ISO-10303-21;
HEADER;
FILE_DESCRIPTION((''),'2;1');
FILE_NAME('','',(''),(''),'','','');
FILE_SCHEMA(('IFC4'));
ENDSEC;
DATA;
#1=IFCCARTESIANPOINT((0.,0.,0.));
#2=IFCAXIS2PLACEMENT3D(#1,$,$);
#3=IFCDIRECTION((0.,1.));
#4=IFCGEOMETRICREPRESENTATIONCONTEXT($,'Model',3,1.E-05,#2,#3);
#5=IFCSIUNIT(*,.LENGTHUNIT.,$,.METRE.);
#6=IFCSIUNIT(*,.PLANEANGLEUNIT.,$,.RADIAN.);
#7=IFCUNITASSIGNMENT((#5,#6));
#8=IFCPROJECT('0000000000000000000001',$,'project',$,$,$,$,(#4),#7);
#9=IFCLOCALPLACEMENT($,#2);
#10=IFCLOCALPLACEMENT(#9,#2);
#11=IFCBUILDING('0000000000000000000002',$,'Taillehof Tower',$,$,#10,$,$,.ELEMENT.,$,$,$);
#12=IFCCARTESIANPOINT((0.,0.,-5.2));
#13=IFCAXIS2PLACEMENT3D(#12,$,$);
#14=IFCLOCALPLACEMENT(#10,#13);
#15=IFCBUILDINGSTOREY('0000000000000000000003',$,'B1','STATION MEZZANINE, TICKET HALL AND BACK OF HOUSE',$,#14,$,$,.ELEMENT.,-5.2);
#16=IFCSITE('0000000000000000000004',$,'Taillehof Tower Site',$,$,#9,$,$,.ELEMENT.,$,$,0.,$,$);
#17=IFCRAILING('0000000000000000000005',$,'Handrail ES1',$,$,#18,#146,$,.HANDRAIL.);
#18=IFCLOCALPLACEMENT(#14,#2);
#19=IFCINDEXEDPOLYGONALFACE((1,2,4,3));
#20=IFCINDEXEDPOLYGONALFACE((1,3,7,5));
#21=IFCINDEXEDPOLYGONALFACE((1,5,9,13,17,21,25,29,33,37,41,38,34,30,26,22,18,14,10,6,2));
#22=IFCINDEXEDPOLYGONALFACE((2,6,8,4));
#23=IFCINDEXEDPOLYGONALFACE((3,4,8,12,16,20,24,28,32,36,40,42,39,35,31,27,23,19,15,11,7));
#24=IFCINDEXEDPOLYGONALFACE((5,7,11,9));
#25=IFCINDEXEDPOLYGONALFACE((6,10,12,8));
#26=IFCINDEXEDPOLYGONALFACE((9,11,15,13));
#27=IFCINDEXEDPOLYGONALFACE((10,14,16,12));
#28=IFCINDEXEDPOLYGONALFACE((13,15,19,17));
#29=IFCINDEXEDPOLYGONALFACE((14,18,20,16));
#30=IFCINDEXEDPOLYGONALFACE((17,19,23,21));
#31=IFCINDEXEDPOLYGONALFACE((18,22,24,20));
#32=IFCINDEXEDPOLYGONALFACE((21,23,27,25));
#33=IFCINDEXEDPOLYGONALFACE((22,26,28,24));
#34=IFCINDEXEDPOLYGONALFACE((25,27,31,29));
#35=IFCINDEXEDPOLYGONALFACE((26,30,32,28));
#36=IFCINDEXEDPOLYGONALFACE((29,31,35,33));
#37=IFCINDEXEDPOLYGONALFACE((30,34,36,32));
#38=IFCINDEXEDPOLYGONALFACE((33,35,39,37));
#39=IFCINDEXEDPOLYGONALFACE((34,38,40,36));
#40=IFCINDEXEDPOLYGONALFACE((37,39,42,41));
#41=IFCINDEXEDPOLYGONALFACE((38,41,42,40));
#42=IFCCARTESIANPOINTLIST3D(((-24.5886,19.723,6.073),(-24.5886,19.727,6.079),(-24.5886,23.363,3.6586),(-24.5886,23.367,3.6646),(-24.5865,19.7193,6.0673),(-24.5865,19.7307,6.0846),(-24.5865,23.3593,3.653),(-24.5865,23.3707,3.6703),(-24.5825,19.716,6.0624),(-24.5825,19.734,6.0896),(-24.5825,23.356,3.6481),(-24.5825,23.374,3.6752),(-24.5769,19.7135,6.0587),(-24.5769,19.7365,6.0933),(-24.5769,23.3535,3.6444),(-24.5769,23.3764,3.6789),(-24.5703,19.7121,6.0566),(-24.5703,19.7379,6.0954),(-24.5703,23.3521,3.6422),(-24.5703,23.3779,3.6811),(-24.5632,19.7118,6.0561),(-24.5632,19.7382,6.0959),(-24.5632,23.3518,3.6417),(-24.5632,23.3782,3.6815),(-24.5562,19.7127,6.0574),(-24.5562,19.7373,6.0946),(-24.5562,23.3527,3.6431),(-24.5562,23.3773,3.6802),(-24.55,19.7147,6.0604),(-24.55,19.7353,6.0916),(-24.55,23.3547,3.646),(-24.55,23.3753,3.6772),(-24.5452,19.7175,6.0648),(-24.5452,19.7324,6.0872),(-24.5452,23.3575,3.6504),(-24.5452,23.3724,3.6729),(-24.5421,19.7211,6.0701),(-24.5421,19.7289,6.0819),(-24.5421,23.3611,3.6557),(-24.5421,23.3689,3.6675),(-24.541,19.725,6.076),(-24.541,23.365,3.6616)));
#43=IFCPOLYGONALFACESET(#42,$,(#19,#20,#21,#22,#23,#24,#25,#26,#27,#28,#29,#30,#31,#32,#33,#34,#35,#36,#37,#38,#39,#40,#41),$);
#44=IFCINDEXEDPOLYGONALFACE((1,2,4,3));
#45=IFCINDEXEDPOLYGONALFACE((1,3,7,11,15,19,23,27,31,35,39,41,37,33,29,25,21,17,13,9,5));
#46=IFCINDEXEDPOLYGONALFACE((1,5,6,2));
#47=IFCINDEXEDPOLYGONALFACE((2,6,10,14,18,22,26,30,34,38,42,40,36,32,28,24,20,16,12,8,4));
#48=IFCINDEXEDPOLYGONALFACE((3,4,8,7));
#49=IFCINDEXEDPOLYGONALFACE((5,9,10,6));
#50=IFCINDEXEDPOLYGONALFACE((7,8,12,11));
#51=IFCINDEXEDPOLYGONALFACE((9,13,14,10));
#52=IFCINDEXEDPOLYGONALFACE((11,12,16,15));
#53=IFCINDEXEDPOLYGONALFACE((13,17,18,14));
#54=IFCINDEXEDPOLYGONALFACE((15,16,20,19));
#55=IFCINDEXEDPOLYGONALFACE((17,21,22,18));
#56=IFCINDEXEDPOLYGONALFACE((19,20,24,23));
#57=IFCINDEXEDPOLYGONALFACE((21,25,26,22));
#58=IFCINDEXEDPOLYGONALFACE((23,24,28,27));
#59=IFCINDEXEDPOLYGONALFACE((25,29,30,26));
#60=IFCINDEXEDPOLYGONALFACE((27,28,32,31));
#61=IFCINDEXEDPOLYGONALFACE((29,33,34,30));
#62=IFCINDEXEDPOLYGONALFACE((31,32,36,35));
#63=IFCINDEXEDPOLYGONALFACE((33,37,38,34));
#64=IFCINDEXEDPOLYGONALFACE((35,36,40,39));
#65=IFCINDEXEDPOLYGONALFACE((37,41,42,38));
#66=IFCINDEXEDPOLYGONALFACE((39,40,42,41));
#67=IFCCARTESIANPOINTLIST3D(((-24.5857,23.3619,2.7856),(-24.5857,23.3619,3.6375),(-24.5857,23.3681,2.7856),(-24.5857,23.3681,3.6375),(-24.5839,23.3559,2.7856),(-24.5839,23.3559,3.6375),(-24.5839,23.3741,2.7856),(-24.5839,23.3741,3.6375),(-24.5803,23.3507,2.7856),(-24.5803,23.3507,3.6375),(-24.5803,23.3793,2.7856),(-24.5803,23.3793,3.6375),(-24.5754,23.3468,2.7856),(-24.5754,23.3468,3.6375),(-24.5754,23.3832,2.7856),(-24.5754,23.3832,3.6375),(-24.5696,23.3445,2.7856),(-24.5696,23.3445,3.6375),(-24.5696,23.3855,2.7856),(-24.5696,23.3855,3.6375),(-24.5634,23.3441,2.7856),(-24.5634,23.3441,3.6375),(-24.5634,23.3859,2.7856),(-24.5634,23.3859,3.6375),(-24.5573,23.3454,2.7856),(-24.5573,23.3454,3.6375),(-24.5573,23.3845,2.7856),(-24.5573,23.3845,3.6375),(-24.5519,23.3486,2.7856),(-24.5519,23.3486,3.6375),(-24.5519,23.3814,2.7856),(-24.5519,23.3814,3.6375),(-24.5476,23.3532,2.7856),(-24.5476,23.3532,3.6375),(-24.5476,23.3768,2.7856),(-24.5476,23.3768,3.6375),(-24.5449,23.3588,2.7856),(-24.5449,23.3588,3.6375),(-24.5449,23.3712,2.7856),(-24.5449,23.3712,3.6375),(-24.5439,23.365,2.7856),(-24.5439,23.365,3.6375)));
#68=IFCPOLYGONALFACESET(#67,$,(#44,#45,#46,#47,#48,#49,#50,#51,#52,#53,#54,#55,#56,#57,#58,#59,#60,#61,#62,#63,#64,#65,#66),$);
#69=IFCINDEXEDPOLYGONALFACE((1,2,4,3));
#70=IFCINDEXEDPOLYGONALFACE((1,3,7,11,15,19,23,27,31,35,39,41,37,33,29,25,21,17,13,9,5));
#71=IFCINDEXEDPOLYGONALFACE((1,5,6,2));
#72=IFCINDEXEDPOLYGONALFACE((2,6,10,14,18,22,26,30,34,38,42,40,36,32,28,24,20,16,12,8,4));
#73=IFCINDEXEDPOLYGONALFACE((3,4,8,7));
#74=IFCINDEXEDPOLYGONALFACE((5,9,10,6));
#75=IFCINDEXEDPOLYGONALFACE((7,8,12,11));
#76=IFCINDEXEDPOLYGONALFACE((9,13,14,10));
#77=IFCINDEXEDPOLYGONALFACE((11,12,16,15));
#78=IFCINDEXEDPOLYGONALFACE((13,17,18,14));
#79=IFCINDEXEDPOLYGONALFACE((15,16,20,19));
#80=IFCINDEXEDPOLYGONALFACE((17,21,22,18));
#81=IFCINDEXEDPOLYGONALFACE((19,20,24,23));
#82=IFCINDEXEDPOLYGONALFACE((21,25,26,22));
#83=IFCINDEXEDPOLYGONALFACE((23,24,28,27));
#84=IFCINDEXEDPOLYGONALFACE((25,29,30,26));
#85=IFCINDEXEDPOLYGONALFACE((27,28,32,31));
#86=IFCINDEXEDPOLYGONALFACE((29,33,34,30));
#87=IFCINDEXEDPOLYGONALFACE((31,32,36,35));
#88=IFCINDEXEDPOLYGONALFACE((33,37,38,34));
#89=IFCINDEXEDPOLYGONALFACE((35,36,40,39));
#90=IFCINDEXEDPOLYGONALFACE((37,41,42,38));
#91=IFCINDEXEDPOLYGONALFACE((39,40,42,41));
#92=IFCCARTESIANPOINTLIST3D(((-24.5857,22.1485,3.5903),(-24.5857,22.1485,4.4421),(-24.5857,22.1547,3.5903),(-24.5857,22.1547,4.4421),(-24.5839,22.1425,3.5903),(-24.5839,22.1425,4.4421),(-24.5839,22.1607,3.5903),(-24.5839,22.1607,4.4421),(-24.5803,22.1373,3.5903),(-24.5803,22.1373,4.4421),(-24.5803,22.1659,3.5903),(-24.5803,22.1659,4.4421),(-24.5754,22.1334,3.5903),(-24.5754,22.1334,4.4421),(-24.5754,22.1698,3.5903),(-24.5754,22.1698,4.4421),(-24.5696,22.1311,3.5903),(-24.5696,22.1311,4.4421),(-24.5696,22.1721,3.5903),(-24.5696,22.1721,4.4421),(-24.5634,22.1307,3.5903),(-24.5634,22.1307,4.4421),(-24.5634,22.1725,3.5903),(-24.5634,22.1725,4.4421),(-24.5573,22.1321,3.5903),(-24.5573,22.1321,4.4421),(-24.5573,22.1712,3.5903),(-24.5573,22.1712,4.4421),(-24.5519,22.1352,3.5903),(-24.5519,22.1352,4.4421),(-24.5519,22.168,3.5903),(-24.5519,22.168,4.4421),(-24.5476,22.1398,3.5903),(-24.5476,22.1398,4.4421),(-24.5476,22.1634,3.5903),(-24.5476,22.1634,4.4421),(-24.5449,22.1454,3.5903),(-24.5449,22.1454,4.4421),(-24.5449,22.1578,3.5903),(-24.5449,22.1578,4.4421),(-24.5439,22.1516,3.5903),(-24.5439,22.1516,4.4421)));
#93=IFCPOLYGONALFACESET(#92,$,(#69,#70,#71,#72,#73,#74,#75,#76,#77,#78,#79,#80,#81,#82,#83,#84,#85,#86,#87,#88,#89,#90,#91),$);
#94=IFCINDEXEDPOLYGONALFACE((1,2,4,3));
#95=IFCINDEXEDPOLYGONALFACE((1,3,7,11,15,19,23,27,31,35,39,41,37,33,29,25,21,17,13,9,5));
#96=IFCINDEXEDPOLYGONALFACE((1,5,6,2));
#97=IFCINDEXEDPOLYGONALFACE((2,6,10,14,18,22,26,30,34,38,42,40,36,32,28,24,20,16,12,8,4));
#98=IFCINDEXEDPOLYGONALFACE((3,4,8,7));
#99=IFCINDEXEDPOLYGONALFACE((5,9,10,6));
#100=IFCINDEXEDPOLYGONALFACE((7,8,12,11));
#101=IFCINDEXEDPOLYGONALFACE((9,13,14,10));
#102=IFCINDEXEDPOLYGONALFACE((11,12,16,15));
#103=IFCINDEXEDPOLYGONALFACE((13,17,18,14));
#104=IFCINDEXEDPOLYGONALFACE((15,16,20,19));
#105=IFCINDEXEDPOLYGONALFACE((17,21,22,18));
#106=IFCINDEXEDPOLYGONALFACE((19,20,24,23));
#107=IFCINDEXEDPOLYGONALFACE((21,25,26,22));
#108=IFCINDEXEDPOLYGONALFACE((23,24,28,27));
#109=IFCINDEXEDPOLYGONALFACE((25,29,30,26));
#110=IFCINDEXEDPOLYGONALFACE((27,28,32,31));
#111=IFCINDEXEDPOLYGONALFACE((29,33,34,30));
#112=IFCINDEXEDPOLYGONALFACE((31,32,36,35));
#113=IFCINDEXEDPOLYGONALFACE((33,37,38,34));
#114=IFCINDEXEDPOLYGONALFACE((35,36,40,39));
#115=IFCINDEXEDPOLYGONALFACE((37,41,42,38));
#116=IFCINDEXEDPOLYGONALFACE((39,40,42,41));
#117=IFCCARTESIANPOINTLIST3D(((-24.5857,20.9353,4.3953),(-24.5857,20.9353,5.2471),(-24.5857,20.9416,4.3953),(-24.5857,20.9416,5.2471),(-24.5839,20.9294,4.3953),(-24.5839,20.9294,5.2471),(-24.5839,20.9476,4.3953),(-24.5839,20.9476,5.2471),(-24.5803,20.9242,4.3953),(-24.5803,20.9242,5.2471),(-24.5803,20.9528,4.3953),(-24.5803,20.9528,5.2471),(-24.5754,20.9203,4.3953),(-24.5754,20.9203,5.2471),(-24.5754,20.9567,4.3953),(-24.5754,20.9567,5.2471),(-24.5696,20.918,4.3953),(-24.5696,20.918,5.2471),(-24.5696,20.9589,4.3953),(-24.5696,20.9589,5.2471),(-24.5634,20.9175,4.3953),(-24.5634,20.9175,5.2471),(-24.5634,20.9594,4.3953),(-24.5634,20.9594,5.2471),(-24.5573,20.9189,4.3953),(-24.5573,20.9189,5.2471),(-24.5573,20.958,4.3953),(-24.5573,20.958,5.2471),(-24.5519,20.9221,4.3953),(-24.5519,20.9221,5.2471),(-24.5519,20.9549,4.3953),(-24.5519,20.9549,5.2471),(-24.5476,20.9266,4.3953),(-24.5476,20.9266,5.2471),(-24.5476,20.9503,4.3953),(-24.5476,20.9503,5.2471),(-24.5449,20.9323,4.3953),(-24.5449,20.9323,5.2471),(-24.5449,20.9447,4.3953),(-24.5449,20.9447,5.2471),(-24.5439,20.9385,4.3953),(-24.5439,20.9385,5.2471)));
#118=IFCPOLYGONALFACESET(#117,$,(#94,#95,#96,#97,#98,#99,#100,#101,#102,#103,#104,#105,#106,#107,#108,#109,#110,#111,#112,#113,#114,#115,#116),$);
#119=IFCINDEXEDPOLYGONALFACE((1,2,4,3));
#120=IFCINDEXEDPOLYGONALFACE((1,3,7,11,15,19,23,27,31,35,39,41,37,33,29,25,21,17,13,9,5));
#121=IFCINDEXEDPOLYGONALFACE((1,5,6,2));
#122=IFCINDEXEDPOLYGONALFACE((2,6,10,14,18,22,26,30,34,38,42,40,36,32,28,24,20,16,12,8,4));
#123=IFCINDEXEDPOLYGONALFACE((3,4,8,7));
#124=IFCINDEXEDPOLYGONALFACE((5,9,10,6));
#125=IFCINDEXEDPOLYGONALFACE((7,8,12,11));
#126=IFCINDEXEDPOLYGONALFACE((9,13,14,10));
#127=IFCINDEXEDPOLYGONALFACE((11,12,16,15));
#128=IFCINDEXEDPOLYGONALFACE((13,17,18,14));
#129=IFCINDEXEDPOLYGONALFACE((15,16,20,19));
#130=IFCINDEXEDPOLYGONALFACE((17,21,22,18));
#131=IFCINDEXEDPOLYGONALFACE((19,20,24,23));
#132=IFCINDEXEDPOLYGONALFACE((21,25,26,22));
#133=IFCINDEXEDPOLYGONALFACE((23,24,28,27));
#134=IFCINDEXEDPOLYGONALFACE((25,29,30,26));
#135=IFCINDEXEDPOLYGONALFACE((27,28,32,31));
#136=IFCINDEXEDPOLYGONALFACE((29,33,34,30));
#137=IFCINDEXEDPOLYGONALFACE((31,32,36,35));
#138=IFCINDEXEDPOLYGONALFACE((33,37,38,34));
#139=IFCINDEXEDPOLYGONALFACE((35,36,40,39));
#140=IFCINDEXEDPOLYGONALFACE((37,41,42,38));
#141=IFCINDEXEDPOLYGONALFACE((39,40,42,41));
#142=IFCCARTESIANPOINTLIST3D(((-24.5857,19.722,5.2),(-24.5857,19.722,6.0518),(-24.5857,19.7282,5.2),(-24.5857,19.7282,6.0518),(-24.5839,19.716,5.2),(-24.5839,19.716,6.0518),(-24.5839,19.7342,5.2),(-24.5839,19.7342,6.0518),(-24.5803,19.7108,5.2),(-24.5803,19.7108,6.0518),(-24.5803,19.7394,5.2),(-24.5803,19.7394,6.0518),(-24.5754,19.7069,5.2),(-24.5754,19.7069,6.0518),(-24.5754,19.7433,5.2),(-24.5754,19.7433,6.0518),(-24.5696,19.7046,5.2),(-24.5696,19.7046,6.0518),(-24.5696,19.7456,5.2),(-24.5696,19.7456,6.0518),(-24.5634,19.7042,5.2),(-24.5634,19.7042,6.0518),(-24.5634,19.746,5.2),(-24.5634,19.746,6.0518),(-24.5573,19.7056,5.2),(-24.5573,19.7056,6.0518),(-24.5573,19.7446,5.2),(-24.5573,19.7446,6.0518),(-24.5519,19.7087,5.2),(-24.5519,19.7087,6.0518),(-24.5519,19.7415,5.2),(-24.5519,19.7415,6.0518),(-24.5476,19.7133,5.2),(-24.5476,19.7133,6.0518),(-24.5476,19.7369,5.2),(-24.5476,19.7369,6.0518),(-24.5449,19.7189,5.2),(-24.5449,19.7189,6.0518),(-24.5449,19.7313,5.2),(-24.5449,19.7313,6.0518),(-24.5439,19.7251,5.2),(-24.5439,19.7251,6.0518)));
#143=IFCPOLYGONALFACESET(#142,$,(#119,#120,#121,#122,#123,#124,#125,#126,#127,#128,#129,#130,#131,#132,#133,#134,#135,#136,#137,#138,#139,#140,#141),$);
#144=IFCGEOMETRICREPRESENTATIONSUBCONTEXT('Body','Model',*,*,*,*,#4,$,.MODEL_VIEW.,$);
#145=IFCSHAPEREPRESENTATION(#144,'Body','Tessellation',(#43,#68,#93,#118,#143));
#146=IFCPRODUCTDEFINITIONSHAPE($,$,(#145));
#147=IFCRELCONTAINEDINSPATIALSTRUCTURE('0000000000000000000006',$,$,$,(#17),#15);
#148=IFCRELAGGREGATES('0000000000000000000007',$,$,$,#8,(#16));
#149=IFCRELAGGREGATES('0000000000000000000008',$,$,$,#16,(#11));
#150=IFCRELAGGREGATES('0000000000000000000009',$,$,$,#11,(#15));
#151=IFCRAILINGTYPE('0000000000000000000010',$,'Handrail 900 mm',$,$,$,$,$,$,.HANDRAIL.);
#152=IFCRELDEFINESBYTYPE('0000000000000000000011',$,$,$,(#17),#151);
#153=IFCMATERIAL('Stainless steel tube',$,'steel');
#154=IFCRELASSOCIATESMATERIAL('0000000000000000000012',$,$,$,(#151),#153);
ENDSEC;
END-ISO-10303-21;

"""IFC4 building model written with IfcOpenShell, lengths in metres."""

from ifc_helpers import new_model, si_unit, direction, frame, origin, origin_2d, place, context, subcontext, project, spatial, circle, extrude, material, type_object, element, save


model = new_model("IFC4")

# Units and contexts
model_context = context("Model", 3, precision=1e-05, world=origin(), true_north=direction((0.0, 1.0)))
body_context = subcontext(model_context, "Body", "Model", "MODEL_VIEW")
ifc_project = project(units=[si_unit("LENGTHUNIT", "METRE"), si_unit("PLANEANGLEUNIT", "RADIAN")], contexts=[model_context])

# Site, building, storey
site_placement = place(None, origin())
site = spatial("IfcSite", under=ifc_project, at=site_placement, Name="Taillehof Tower Site", CompositionType="ELEMENT", RefElevation=0.0)
building_placement = place(site_placement, origin())
building = spatial("IfcBuilding", under=site, at=building_placement, Name="Taillehof Tower", CompositionType="ELEMENT")
storey_placement = place(building_placement, frame((0.0, 0.0, -5.2)))
storey = spatial("IfcBuildingStorey", under=building, at=storey_placement, Name="B1", Description="STATION MEZZANINE, TICKET HALL AND BACK OF HOUSE", CompositionType="ELEMENT", Elevation=-5.2)

# Railing
ifc_material_1 = material(Name="Stainless steel tube", Category="steel")
railing_type_1 = type_object("IfcRailingType", Name="Handrail 900 mm", PredefinedType="HANDRAIL", material=ifc_material_1)
for number, where, name in (
    (1, (-24.5649, 23.365, 2.7856), "Handrail ES1"),
):
    element("IfcRailing", number, at=place(storey_placement, frame(where)), inside=storey, type_object=railing_type_1, Name=name, PredefinedType="HANDRAIL", context=body_context, shape_type="SweptSolid", body=[
        extrude(circle(Radius=0.0239, at=origin_2d()), frame((0.0, 0.0, 0.876), z_axis=(0.0, -0.833347, 0.552751), x_axis=(1.0, 0.0, 0.0)), (0.0, 0.0, 1.0), 4.3679),
        extrude(circle(Radius=0.021, at=origin_2d()), origin(), (0.0, 0.0, 1.0), 0.8518),
        extrude(circle(Radius=0.021, at=origin_2d()), frame((0.0, -1.2134, 0.8047)), (0.0, 0.0, 1.0), 0.8518),
        extrude(circle(Radius=0.021, at=origin_2d()), frame((0.0, -2.4265, 1.6096)), (0.0, 0.0, 1.0), 0.8518),
        extrude(circle(Radius=0.021, at=origin_2d()), frame((0.0, -3.6399, 2.4143)), (0.0, 0.0, 1.0), 0.8518),
    ])

save(model, "model.ifc")
